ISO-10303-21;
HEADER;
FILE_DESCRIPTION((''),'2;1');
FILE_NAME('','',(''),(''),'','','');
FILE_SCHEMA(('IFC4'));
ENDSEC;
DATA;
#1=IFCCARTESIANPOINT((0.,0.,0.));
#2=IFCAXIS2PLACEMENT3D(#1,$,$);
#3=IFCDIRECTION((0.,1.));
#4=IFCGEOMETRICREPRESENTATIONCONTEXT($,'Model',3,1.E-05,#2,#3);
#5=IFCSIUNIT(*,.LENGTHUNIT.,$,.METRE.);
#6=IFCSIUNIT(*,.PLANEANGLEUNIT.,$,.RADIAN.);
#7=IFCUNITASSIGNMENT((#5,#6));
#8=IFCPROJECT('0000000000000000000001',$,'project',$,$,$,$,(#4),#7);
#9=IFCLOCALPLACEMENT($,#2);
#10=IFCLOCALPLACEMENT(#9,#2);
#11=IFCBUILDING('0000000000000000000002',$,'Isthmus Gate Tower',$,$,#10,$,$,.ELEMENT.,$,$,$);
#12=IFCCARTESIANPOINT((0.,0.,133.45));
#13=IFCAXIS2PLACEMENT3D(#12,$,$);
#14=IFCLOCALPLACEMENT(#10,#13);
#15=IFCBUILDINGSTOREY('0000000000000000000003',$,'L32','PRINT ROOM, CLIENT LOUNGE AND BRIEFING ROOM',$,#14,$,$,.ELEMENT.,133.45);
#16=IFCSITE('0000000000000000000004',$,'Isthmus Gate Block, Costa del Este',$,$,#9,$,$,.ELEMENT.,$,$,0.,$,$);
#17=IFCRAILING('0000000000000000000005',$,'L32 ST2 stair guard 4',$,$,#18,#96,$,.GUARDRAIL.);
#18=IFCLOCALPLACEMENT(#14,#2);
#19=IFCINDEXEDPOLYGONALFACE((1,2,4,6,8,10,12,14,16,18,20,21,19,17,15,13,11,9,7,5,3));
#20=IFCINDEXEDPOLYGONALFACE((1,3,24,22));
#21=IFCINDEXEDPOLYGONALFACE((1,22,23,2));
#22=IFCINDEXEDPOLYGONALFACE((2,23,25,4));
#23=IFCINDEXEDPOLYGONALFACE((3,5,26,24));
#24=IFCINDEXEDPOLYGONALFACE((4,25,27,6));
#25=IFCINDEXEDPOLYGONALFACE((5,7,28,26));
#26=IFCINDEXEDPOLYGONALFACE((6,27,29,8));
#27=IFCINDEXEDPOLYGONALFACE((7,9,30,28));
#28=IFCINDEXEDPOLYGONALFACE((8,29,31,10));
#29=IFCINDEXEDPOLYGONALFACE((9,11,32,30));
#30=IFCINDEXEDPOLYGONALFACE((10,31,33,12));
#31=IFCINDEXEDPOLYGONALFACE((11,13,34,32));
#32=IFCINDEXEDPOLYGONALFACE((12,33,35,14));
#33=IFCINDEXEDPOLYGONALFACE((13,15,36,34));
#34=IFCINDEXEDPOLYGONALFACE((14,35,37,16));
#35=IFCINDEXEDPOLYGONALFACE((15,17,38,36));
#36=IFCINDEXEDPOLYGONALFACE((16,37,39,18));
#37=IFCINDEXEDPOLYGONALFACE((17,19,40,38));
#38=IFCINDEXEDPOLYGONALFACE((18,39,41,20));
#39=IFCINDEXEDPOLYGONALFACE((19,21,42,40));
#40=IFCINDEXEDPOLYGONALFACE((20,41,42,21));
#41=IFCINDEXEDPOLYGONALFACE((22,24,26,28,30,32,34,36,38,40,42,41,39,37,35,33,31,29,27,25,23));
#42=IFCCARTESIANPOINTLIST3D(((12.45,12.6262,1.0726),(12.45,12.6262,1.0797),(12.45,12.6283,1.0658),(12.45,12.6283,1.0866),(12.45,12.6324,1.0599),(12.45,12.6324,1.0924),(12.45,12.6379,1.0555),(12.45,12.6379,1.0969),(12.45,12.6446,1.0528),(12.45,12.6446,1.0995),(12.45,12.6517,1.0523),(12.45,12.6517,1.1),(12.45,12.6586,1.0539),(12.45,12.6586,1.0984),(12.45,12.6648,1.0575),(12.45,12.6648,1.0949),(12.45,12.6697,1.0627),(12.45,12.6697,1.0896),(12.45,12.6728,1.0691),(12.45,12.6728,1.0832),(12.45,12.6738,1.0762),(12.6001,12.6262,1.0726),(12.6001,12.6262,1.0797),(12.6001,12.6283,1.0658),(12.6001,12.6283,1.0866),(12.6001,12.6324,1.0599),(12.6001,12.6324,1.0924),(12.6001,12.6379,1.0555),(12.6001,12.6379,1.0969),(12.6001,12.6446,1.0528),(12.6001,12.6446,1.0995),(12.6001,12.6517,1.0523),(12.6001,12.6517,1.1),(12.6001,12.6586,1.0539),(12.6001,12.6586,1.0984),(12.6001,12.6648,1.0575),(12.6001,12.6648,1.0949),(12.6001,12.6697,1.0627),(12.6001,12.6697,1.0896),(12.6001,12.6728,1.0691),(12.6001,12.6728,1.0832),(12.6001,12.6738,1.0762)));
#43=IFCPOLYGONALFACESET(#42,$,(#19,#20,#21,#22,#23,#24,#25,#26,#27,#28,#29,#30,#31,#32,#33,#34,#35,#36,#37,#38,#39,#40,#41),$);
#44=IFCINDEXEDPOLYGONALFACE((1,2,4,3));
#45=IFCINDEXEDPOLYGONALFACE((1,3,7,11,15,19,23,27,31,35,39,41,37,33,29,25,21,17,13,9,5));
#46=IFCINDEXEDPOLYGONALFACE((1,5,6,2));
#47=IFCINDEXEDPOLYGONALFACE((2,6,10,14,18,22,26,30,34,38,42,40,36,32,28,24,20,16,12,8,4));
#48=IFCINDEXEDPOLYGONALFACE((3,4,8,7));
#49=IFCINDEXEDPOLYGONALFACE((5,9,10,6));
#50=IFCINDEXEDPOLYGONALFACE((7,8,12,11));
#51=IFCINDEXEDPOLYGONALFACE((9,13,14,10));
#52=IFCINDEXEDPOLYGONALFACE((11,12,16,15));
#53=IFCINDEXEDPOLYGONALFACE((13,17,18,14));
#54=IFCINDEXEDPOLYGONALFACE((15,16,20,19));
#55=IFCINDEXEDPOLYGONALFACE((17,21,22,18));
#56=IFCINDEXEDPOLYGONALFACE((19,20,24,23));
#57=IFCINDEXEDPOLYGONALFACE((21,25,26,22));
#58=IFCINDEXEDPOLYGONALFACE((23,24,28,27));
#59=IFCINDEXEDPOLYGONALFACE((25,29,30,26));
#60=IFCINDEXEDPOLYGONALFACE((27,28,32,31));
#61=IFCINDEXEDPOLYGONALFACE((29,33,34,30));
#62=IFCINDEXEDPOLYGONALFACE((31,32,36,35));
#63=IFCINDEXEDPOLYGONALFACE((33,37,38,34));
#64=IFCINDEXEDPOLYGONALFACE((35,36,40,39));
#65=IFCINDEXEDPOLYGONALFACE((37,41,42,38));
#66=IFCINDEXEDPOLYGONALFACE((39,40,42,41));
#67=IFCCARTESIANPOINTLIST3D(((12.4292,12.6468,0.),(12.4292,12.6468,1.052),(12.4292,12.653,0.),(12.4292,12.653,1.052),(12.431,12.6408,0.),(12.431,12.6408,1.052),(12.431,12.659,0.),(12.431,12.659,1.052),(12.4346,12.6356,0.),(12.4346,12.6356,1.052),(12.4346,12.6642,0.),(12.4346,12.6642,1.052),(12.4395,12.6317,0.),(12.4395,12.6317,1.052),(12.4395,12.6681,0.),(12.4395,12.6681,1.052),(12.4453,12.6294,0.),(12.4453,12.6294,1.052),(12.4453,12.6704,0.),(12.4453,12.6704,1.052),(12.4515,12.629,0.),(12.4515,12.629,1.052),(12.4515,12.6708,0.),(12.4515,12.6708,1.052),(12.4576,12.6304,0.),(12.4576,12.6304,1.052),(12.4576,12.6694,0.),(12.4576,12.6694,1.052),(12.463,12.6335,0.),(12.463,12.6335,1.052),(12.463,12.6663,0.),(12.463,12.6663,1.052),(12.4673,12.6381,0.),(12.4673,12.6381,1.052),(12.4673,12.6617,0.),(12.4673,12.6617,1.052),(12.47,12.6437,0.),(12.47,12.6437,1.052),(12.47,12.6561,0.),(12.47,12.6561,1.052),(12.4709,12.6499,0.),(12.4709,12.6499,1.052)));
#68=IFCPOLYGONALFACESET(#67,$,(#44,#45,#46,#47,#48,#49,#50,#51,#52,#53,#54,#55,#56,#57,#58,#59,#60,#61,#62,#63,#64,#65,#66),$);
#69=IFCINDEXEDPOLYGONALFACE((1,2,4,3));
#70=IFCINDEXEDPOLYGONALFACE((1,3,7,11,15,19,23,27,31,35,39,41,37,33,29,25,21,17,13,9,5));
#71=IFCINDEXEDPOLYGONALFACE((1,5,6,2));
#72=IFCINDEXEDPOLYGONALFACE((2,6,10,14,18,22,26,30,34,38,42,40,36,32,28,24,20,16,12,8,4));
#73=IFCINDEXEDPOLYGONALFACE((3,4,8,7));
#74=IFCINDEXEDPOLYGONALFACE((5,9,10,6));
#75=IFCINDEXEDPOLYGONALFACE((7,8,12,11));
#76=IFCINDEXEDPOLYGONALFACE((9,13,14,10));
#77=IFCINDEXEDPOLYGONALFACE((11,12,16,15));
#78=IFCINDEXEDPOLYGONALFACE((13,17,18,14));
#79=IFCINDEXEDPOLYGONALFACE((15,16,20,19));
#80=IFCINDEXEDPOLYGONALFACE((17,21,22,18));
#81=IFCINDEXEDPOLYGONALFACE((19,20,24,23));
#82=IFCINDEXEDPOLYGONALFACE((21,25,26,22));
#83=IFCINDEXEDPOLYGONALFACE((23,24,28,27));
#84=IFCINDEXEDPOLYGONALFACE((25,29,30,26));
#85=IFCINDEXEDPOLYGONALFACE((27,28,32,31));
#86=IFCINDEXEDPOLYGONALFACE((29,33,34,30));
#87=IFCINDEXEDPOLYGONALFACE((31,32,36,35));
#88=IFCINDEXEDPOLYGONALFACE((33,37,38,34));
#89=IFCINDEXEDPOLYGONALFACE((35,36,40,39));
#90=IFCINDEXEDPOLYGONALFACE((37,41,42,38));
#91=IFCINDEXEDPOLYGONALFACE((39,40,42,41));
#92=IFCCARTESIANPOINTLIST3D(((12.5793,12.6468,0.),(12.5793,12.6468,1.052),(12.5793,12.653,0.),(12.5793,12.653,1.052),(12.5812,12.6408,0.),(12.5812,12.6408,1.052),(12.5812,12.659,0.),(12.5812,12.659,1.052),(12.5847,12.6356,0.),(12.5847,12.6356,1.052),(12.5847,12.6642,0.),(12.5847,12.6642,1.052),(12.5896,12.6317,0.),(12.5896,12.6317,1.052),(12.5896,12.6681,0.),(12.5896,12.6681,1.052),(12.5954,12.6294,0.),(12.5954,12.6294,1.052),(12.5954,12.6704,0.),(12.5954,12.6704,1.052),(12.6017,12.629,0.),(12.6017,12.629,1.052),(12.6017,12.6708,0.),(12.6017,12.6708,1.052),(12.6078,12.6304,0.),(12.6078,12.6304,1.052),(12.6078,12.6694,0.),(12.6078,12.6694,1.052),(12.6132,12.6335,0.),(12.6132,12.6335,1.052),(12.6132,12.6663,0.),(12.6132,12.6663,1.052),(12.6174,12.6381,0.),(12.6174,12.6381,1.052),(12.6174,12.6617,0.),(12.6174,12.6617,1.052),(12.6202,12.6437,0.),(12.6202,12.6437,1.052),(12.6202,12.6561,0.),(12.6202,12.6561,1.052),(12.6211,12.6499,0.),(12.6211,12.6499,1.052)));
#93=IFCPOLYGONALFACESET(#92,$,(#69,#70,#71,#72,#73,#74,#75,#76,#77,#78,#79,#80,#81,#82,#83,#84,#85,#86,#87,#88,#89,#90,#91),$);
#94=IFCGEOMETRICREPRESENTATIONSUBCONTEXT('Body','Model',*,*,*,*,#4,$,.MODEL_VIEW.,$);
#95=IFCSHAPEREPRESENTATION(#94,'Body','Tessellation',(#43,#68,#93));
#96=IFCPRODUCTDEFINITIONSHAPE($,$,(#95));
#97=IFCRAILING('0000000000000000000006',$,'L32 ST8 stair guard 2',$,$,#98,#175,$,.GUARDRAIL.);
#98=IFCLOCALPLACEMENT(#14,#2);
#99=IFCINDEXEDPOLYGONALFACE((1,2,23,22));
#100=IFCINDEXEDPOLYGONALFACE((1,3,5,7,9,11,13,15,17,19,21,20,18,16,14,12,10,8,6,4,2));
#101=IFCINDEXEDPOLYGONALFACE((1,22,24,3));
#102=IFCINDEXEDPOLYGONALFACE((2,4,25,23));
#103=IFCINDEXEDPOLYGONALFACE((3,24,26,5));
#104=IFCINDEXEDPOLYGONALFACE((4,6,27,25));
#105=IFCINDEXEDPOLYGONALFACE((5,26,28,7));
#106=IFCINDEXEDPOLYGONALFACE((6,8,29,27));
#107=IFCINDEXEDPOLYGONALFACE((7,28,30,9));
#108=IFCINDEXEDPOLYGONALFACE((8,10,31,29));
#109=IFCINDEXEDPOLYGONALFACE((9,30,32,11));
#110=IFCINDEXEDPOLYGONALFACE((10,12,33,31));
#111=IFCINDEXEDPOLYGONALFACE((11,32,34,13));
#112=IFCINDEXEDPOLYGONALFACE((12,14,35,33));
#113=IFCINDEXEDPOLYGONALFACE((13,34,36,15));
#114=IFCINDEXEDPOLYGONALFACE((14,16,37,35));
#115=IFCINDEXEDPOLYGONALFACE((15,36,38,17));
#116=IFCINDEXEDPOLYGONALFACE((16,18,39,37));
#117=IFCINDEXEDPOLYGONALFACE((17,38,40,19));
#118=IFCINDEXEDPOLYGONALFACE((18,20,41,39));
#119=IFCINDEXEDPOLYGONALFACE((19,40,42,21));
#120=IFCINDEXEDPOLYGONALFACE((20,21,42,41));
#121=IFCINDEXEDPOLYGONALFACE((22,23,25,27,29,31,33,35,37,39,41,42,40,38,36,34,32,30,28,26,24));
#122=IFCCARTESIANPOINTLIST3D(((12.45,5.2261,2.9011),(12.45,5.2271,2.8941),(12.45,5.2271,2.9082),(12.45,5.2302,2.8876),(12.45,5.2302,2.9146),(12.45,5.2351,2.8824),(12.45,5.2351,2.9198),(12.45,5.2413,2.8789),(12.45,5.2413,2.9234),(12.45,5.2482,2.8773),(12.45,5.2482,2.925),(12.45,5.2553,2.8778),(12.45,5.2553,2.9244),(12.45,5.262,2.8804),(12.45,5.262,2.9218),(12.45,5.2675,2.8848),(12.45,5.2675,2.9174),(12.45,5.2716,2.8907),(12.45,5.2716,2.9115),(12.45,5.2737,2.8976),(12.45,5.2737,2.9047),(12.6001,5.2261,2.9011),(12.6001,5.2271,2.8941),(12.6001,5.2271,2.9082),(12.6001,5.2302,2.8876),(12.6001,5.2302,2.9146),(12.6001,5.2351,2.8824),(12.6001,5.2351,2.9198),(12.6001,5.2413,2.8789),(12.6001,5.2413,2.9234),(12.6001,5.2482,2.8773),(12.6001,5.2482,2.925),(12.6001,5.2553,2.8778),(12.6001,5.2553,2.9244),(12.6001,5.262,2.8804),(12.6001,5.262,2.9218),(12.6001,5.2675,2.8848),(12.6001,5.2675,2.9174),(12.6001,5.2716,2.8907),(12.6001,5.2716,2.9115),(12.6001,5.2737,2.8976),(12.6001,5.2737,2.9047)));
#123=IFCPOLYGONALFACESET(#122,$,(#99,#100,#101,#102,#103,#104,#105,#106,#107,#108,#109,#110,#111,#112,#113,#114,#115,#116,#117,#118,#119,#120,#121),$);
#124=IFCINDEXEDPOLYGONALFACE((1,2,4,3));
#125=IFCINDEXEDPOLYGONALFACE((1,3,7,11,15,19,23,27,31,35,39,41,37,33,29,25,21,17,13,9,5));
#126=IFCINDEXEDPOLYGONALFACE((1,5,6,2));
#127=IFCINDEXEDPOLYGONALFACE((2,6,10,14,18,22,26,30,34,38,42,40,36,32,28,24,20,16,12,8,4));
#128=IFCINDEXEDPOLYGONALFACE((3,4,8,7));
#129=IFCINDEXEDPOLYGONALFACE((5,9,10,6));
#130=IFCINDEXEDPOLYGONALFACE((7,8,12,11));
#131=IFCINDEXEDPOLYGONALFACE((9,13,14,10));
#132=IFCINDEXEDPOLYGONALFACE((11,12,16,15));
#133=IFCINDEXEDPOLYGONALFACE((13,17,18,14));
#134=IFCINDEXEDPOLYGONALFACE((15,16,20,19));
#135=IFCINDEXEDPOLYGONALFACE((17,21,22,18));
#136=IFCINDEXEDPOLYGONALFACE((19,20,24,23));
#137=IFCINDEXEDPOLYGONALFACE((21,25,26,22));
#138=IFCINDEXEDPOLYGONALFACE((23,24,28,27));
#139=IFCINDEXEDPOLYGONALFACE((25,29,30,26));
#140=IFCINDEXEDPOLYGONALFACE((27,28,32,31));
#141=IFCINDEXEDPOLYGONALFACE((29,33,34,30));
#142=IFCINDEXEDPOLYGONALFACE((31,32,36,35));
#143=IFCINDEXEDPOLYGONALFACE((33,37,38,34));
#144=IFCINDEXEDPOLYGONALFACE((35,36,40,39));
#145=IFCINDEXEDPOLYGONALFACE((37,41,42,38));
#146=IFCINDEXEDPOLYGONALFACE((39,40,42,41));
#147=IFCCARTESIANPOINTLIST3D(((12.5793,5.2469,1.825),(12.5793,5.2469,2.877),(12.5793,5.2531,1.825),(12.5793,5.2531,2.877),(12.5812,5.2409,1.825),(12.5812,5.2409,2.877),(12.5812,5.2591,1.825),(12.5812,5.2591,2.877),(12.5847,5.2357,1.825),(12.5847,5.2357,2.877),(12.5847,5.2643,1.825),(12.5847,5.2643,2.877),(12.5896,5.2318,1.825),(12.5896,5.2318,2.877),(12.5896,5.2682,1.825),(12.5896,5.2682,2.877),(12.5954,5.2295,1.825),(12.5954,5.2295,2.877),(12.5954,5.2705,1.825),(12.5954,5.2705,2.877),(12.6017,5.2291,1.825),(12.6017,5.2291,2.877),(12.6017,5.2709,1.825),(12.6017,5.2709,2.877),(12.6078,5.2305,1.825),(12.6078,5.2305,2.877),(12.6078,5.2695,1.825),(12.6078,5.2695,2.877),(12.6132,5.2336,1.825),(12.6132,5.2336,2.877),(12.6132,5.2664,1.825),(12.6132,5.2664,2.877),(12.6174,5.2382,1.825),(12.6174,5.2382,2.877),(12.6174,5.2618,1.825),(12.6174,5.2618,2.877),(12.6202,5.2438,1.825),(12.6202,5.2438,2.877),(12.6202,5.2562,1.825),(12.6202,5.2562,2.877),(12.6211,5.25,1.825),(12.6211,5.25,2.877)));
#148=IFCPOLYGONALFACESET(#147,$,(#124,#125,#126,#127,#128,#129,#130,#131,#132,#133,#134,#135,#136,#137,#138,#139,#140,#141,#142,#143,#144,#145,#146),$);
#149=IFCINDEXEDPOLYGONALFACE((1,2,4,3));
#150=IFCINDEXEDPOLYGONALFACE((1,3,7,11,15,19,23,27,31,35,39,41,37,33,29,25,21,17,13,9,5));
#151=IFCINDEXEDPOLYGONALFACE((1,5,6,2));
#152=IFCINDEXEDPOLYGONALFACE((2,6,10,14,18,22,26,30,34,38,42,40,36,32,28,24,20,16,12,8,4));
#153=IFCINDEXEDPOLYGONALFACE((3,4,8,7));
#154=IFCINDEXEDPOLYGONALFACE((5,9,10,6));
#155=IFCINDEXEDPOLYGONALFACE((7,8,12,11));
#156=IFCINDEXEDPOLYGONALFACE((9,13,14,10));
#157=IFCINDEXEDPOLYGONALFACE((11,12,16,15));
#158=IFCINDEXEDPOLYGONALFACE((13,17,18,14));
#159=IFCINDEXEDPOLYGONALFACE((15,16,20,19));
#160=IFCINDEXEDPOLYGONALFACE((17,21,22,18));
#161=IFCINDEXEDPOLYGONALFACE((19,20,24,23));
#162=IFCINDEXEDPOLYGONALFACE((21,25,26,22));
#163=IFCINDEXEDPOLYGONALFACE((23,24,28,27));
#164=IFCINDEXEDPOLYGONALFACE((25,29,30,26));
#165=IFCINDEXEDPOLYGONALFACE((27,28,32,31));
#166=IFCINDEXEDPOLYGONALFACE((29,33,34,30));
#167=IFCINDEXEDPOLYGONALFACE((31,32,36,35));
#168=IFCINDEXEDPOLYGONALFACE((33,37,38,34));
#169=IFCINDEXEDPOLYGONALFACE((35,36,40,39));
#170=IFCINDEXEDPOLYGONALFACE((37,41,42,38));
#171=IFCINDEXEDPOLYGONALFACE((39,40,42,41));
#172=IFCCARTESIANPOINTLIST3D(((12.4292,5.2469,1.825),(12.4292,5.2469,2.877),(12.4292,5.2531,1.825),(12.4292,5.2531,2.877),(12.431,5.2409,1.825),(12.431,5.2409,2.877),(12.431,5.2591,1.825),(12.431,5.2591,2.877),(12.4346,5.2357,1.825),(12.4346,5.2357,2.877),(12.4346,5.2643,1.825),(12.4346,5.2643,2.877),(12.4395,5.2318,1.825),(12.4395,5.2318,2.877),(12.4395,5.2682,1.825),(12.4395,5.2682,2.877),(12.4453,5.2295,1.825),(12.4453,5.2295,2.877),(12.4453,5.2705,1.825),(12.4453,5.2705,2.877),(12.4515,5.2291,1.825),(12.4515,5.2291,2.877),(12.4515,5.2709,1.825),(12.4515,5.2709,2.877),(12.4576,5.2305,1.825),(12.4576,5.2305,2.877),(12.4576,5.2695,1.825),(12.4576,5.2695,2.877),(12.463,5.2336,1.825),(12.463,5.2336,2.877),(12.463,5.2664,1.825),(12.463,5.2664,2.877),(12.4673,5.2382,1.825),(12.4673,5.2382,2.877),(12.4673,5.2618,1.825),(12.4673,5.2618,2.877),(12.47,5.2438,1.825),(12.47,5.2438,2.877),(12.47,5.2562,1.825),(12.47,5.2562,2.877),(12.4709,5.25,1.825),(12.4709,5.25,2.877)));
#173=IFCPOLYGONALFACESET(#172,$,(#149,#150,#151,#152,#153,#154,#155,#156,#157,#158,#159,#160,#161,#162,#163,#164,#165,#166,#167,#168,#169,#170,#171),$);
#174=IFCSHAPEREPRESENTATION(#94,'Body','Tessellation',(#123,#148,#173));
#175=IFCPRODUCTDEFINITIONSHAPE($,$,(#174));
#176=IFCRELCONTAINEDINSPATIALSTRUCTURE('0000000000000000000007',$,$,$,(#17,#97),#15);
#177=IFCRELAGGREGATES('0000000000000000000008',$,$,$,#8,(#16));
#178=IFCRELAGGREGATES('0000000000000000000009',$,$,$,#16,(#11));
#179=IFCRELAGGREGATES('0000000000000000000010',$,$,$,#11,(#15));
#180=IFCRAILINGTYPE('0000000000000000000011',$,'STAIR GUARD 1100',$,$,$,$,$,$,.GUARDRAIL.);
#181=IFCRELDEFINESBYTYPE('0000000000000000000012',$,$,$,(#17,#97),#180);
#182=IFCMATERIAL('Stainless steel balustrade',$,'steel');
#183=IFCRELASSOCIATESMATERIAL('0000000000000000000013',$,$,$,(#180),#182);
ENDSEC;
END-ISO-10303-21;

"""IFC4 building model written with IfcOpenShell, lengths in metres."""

from ifc_helpers import new_model, si_unit, direction, frame, origin, origin_2d, place, context, subcontext, project, spatial, circle, extrude, material, type_object, element, save


model = new_model("IFC4")

# Units and contexts
model_context = context("Model", 3, precision=1e-05, world=origin(), true_north=direction((0.0, 1.0)))
body_context = subcontext(model_context, "Body", "Model", "MODEL_VIEW")
ifc_project = project(units=[si_unit("LENGTHUNIT", "METRE"), si_unit("PLANEANGLEUNIT", "RADIAN")], contexts=[model_context])

# Site, building, storey
site_placement = place(None, origin())
site = spatial("IfcSite", under=ifc_project, at=site_placement, Name="Isthmus Gate Block, Costa del Este", CompositionType="ELEMENT", RefElevation=0.0)
building_placement = place(site_placement, origin())
building = spatial("IfcBuilding", under=site, at=building_placement, Name="Isthmus Gate Tower", CompositionType="ELEMENT")
storey_placement = place(building_placement, frame((0.0, 0.0, 133.45)))
storey = spatial("IfcBuildingStorey", under=building, at=storey_placement, Name="L32", Description="PRINT ROOM, CLIENT LOUNGE AND BRIEFING ROOM", CompositionType="ELEMENT", Elevation=133.45)

# Railings
ifc_material_1 = material(Name="Stainless steel balustrade", Category="steel")
railing_type_1 = type_object("IfcRailingType", Name="STAIR GUARD 1100", PredefinedType="GUARDRAIL", material=ifc_material_1)
railing_1_placement = place(storey_placement, frame((12.45, 12.6499, 0.0)))
element("IfcRailing", 1, at=railing_1_placement, inside=storey, type_object=railing_type_1, Name="L32 ST2 stair guard 4", PredefinedType="GUARDRAIL", context=body_context, shape_type="SweptSolid", body=[
    extrude(circle(Radius=0.0239, at=origin_2d()), frame((0.0, 0.0, 1.0762), z_axis=(1.0, 0.0, 0.0), x_axis=(0.0, 1.0, 0.0)), (0.0, 0.0, 1.0), 0.1501),
    extrude(circle(Radius=0.021, at=origin_2d()), origin(), (0.0, 0.0, 1.0), 1.052),
    extrude(circle(Radius=0.021, at=origin_2d()), frame((0.1501, 0.0, 0.0)), (0.0, 0.0, 1.0), 1.052),
])
railing_2_placement = place(storey_placement, frame((12.6001, 5.25, 1.825)))
element("IfcRailing", 2, at=railing_2_placement, inside=storey, type_object=railing_type_1, Name="L32 ST8 stair guard 2", PredefinedType="GUARDRAIL", context=body_context, shape_type="SweptSolid", body=[
    extrude(circle(Radius=0.0239, at=origin_2d()), frame((0.0, 0.0, 1.0762), z_axis=(-1.0, 0.0, 0.0), x_axis=(0.0, -1.0, 0.0)), (0.0, 0.0, 1.0), 0.1501),
    extrude(circle(Radius=0.021, at=origin_2d()), origin(), (0.0, 0.0, 1.0), 1.052),
    extrude(circle(Radius=0.021, at=origin_2d()), frame((-0.1501, 0.0, 0.0)), (0.0, 0.0, 1.0), 1.052),
])

save(model, "model.ifc")
